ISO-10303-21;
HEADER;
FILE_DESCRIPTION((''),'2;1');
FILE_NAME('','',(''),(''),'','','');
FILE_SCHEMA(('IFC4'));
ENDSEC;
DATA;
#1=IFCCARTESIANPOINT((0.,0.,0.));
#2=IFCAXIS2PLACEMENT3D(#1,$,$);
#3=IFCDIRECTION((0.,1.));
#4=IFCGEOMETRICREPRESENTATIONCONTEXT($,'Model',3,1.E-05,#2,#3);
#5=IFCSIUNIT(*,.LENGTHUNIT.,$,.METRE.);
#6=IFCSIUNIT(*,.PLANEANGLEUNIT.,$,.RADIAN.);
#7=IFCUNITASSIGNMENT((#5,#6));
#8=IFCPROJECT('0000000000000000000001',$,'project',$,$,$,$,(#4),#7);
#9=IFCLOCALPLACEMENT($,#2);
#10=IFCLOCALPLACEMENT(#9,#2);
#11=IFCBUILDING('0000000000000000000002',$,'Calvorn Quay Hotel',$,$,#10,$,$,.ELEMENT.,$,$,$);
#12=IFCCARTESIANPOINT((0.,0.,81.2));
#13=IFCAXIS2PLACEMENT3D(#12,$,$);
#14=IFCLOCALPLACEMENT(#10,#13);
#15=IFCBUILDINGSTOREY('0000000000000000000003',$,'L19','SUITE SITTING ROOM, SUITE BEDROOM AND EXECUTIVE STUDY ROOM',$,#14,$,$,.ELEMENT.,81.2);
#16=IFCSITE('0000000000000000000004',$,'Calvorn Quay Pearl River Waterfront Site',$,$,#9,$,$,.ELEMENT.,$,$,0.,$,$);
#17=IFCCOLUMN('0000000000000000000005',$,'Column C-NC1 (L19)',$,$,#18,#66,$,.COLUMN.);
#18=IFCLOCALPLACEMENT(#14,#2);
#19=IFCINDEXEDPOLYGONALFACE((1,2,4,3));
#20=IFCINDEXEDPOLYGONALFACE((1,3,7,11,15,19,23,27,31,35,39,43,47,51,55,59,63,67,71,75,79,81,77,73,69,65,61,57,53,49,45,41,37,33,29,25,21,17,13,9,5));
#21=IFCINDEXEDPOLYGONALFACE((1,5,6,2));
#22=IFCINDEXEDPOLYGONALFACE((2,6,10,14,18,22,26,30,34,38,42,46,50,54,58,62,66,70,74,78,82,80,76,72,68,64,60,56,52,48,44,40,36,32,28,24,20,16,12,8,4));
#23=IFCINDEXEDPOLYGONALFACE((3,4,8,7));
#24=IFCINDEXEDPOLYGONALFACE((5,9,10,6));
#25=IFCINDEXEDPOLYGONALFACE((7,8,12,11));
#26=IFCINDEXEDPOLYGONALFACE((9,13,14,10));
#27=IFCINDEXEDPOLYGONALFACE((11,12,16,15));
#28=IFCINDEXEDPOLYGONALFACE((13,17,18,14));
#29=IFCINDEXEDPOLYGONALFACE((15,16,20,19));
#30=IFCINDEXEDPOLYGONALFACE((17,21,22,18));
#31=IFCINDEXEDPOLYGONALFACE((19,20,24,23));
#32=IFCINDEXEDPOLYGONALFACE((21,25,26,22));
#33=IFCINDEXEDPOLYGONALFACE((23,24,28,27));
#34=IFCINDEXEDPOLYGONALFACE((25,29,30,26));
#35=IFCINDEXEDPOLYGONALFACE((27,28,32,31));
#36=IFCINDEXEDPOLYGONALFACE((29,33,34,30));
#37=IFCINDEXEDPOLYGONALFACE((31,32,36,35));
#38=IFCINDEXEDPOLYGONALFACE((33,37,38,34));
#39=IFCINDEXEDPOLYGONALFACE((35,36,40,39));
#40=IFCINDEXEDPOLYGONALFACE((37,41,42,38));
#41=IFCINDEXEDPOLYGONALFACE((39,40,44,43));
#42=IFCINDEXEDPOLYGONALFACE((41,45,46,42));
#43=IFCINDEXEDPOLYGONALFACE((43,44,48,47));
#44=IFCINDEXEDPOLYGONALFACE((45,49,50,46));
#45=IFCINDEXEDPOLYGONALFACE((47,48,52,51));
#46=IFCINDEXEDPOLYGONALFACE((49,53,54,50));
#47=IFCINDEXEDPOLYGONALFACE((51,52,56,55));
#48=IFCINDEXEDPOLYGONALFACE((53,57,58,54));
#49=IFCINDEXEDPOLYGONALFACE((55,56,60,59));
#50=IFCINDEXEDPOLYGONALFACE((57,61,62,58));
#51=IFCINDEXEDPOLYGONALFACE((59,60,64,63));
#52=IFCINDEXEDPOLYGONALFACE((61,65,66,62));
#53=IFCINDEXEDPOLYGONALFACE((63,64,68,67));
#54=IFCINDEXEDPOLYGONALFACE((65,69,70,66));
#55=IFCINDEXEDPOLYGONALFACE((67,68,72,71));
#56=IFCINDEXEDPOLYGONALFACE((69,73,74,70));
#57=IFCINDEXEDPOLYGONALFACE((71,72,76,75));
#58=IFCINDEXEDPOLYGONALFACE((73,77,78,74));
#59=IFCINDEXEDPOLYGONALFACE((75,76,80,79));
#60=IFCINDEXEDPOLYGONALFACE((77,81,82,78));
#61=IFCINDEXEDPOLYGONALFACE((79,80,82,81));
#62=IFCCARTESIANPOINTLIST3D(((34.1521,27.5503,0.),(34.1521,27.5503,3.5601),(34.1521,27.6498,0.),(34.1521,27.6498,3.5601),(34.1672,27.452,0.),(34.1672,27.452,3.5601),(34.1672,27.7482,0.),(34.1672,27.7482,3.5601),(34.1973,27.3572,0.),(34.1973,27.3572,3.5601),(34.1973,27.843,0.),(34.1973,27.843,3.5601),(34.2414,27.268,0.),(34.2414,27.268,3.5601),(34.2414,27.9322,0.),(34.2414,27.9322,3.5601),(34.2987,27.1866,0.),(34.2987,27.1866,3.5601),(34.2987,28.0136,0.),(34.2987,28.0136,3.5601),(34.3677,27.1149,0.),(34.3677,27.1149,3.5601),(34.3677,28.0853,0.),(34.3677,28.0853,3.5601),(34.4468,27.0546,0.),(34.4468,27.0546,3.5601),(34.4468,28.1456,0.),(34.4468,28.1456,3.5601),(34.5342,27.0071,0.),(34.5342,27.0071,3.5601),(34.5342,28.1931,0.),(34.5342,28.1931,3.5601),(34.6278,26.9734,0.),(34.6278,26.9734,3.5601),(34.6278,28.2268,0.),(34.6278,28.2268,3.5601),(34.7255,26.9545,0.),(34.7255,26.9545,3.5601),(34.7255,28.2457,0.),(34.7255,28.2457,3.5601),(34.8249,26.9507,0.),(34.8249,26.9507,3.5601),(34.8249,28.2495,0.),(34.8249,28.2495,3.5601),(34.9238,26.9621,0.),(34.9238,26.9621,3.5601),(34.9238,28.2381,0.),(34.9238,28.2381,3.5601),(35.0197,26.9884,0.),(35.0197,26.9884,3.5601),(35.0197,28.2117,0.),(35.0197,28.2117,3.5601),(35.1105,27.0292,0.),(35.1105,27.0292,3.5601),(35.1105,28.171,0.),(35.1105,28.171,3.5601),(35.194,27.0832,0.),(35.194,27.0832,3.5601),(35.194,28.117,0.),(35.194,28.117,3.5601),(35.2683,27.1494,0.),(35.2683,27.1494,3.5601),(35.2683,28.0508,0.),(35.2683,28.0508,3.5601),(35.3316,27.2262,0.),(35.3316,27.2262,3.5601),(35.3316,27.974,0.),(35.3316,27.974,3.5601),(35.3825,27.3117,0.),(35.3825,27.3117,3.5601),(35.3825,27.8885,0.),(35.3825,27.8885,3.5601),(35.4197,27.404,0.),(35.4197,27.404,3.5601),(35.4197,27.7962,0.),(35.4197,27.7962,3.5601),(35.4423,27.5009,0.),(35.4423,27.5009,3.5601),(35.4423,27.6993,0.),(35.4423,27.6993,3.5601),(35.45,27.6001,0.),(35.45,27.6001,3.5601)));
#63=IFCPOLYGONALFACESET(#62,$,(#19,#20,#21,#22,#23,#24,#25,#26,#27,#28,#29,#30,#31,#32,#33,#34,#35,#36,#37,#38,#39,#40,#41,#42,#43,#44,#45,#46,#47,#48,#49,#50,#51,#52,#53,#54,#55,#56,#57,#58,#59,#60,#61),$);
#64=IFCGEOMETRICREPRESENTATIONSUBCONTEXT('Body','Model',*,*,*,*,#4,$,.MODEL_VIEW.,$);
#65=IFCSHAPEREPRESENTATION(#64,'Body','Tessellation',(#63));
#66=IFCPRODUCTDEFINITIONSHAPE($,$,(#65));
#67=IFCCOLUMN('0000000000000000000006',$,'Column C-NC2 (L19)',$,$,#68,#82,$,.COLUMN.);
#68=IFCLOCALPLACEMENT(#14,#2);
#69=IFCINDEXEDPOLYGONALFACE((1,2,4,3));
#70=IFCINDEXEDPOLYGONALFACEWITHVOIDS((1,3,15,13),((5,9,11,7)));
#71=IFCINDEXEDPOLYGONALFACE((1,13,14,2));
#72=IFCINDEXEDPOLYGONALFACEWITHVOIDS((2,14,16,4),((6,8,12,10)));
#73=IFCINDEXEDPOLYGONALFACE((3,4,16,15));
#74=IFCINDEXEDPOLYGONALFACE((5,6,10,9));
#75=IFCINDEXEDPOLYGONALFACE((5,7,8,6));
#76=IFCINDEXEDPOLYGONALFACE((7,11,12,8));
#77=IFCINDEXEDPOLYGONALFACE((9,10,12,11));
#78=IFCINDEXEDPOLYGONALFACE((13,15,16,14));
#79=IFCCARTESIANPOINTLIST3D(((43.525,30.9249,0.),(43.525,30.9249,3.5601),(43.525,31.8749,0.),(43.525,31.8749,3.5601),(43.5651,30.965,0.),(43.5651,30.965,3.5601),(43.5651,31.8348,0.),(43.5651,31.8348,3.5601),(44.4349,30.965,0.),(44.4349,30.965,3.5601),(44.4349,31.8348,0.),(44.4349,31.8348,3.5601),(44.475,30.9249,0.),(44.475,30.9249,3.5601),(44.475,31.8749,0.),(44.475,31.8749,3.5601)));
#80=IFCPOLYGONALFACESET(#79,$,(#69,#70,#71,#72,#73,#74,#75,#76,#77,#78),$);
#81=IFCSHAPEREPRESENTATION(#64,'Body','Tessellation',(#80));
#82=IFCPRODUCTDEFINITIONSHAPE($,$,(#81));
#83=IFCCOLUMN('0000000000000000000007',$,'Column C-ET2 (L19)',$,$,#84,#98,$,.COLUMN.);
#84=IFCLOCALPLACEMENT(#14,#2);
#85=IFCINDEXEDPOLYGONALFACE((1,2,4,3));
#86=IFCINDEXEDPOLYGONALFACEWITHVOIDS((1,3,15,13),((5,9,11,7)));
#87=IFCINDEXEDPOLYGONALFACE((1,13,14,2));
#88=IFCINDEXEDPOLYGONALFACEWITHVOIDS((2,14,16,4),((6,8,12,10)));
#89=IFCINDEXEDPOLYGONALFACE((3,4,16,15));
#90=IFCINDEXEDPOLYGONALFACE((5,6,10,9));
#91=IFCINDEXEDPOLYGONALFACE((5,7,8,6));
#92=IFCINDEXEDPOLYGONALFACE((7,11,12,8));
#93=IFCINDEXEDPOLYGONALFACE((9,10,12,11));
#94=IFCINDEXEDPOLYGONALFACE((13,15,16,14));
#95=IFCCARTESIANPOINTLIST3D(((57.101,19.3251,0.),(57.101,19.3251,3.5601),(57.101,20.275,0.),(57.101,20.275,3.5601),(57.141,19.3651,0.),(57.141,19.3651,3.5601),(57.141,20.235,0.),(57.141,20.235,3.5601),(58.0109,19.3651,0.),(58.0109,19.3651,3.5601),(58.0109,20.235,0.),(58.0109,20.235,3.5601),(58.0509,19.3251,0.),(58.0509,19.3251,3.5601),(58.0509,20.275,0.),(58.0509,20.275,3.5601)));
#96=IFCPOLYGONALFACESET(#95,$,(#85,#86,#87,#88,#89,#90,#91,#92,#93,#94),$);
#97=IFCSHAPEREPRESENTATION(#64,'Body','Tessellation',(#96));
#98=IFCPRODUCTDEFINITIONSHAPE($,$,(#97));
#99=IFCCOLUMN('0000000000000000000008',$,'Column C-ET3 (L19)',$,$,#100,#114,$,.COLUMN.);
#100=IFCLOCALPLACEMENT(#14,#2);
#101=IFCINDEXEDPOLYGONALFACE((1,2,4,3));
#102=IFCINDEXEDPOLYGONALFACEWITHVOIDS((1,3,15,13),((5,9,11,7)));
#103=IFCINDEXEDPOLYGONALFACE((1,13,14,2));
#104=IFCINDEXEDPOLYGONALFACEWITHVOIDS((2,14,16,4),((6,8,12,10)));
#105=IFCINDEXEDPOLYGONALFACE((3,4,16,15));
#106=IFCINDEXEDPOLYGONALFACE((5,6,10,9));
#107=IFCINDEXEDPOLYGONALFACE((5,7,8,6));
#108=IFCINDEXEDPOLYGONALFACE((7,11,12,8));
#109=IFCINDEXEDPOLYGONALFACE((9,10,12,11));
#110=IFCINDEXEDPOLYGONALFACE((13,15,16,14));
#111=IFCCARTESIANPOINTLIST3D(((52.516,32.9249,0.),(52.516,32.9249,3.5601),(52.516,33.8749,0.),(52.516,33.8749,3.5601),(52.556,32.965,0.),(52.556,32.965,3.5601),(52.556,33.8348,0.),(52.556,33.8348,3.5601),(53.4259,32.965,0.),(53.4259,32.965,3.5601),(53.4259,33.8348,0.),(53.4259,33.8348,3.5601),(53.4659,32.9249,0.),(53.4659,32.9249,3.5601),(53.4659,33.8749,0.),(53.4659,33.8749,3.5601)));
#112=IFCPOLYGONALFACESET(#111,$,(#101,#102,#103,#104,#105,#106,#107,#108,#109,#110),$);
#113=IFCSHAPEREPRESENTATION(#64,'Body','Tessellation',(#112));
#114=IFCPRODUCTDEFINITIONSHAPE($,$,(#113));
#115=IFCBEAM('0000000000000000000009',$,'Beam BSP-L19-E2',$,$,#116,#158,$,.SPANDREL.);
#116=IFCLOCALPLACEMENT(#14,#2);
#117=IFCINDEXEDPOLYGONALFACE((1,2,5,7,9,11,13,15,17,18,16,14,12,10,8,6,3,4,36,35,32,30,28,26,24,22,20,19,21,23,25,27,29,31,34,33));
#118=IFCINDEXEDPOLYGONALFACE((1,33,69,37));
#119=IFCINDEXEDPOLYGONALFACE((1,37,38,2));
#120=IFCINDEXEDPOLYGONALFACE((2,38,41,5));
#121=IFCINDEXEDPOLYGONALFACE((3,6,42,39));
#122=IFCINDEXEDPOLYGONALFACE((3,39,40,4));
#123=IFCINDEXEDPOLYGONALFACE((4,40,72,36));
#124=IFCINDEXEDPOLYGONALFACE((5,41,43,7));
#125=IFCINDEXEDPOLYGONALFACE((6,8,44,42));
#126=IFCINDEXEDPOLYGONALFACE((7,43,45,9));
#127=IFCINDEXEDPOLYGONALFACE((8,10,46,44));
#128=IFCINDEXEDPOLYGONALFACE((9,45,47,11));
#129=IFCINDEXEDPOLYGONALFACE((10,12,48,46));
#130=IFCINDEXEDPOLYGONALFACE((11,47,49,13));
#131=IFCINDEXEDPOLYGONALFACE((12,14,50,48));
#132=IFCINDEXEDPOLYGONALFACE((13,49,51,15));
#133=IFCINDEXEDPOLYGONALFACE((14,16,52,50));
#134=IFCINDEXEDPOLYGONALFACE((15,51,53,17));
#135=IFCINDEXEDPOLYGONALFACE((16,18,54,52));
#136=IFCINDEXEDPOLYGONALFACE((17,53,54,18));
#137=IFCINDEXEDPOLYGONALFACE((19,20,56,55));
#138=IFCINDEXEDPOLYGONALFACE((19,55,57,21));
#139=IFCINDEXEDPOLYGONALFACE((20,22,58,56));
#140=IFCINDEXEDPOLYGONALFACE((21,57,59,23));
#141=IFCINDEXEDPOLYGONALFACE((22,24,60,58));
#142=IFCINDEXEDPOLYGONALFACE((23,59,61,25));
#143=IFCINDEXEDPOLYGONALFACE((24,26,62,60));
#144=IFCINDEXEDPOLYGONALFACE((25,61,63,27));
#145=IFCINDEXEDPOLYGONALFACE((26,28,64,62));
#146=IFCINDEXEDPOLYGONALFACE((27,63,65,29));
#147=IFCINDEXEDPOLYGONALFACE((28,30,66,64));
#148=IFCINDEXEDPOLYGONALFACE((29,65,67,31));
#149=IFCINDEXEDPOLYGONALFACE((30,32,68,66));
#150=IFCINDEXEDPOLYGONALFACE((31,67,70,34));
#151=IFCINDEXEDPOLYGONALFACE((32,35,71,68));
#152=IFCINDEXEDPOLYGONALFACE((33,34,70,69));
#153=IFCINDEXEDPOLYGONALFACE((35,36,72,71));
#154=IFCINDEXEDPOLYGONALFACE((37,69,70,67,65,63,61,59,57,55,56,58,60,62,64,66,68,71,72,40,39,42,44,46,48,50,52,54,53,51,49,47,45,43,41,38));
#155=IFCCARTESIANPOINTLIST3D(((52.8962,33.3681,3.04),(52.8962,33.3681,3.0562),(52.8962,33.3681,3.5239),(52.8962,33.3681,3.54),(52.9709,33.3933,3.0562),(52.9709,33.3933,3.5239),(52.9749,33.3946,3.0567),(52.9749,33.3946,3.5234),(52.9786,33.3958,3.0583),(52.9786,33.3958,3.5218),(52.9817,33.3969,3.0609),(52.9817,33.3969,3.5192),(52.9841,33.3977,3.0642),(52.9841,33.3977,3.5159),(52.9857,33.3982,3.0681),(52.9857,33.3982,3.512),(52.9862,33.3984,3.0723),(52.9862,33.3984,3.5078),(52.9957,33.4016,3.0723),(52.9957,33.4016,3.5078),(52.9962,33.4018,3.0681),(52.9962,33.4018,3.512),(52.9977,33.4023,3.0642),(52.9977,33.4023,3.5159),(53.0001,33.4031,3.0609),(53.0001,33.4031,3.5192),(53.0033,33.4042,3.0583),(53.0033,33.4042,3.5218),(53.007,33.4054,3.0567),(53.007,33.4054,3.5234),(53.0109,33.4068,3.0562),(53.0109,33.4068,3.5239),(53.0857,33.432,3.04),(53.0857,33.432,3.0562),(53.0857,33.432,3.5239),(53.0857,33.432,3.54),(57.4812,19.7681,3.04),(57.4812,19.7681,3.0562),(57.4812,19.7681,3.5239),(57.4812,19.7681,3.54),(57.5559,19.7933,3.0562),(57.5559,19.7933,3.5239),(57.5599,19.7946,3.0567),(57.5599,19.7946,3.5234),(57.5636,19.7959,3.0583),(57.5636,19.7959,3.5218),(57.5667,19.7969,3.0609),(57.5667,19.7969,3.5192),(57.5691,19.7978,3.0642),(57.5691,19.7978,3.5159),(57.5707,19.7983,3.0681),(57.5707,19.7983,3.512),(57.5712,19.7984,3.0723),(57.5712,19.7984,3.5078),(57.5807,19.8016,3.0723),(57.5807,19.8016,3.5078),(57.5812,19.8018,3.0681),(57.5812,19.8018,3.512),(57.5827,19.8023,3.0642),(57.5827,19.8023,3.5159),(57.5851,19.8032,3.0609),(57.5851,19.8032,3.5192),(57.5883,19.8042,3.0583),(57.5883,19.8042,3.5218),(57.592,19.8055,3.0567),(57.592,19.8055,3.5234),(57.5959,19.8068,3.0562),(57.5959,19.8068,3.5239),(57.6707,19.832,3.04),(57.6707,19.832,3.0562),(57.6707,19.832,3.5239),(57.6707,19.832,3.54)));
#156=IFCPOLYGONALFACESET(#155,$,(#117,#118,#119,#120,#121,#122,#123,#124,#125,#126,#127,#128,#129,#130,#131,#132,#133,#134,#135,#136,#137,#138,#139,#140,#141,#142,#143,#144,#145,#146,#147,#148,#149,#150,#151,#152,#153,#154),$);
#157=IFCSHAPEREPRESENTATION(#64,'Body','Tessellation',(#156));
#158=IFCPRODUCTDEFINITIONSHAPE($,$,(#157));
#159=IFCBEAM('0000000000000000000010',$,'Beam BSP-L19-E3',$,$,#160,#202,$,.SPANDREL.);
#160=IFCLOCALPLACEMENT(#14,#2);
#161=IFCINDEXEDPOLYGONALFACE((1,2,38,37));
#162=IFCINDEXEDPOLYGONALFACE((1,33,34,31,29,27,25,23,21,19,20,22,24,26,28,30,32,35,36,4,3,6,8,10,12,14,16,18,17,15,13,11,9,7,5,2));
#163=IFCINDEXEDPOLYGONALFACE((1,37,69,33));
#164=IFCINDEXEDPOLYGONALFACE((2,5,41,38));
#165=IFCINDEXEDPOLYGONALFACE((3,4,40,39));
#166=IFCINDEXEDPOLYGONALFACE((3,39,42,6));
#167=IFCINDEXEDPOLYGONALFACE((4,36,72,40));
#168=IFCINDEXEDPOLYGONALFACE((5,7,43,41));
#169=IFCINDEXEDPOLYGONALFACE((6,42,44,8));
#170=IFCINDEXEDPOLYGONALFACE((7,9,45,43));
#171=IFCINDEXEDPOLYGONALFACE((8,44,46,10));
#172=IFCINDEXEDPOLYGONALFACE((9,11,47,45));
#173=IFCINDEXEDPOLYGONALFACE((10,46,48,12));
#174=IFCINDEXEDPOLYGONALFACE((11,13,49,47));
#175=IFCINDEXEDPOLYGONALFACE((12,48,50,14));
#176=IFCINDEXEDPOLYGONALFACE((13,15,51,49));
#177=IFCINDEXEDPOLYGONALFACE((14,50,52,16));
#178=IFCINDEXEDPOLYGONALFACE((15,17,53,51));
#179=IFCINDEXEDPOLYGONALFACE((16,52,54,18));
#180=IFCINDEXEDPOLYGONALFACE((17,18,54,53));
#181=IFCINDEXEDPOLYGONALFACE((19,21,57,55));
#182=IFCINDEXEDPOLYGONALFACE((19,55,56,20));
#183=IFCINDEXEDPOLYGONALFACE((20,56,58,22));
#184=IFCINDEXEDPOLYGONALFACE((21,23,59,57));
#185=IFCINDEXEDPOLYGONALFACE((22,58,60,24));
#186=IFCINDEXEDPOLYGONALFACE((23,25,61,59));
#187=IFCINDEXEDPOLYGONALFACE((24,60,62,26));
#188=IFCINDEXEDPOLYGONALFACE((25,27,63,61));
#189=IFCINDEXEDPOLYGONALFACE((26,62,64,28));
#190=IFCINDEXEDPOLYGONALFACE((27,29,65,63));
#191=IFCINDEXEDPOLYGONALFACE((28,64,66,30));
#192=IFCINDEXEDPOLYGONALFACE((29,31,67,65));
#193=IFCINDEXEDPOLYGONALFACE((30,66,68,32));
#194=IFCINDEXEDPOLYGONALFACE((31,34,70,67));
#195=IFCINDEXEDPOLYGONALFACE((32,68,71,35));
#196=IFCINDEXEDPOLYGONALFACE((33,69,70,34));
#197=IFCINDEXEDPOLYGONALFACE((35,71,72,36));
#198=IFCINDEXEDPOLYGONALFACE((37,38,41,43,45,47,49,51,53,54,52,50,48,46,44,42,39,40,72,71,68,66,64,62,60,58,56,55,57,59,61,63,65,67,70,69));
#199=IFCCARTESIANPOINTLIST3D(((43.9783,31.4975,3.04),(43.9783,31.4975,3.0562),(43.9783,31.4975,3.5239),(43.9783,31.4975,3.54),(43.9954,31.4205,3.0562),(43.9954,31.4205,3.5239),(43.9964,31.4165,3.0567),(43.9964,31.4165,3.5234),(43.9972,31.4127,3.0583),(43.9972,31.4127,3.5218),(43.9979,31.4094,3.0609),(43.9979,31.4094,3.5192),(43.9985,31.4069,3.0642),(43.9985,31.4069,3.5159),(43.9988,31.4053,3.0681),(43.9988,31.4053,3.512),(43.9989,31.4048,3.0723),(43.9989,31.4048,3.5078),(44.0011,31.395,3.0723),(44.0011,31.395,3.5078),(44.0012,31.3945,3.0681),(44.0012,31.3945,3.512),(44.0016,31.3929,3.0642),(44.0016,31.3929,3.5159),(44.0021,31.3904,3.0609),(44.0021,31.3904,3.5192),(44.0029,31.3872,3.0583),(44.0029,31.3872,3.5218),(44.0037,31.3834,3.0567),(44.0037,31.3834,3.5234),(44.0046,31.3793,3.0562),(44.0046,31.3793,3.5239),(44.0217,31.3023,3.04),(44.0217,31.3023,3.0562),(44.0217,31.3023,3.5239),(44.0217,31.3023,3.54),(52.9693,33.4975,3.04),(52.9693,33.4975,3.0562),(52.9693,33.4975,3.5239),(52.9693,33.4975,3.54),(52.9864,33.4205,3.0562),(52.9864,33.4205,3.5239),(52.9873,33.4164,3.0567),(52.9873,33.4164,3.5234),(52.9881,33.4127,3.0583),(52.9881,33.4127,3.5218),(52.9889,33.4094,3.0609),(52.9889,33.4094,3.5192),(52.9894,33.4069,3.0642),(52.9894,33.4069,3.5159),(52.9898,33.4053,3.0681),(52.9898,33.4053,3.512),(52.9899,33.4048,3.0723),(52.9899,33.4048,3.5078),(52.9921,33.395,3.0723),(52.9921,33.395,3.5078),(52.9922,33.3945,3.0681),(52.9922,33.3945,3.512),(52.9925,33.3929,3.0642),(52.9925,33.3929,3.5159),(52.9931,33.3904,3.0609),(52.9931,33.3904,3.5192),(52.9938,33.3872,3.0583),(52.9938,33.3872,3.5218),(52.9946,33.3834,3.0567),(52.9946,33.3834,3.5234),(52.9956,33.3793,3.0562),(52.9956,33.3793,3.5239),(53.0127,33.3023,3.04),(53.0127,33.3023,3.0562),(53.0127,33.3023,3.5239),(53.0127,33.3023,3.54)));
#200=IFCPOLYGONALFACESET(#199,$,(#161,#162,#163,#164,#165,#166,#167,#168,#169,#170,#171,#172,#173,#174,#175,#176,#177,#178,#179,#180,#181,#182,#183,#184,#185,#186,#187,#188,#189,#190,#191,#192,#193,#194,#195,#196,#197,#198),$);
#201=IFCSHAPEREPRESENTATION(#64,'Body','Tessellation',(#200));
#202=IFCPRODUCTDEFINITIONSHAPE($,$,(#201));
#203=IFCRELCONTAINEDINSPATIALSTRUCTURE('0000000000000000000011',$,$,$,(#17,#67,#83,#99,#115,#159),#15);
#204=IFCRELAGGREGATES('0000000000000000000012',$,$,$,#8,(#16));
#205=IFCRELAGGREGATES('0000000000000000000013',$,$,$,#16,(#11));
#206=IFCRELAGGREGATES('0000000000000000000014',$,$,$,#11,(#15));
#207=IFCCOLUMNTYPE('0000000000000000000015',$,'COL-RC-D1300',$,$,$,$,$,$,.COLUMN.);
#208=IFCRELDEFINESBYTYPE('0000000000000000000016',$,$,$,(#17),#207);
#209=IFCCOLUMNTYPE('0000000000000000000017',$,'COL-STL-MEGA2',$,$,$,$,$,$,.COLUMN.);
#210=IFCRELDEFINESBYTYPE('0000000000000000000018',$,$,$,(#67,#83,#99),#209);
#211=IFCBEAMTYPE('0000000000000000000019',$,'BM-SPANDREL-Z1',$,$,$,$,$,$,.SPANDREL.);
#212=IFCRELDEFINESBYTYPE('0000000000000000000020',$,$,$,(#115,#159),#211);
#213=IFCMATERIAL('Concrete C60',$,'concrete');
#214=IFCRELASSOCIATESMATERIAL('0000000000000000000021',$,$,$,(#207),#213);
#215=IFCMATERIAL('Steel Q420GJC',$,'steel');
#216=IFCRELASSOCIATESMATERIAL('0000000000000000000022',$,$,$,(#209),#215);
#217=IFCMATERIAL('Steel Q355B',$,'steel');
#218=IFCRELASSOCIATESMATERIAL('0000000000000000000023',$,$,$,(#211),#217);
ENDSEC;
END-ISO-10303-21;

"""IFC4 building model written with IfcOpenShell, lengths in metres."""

from ifc_helpers import new_model, si_unit, direction, frame, origin, origin_2d, place, context, subcontext, project, spatial, hollow_rectangle, circle, i_section, extrude, material, material_profile, profile_set, type_object, element, save


model = new_model("IFC4")

# Units and contexts
model_context = context("Model", 3, precision=1e-05, world=origin(), true_north=direction((0.0, 1.0)))
body_context = subcontext(model_context, "Body", "Model", "MODEL_VIEW")
ifc_project = project(units=[si_unit("LENGTHUNIT", "METRE"), si_unit("PLANEANGLEUNIT", "RADIAN")], contexts=[model_context])

# Site, building, storey
site_placement = place(None, origin())
site = spatial("IfcSite", under=ifc_project, at=site_placement, Name="Calvorn Quay Pearl River Waterfront Site", CompositionType="ELEMENT", RefElevation=0.0)
building_placement = place(site_placement, origin())
building = spatial("IfcBuilding", under=site, at=building_placement, Name="Calvorn Quay Hotel", CompositionType="ELEMENT")
storey_placement = place(building_placement, frame((0.0, 0.0, 81.2)))
storey = spatial("IfcBuildingStorey", under=building, at=storey_placement, Name="L19", Description="SUITE SITTING ROOM, SUITE BEDROOM AND EXECUTIVE STUDY ROOM", CompositionType="ELEMENT", Elevation=81.2)

# Columns
ifc_material_1 = material(Name="Concrete C60", Category="concrete")
ifc_material_profile_1 = material_profile(ifc_material_1, circle(Radius=0.6499, at=origin_2d()), Name="RCD1300")
ifc_profile_set_1 = profile_set([ifc_material_profile_1], Name="Concrete C60")
column_type_1 = type_object("IfcColumnType", Name="COL-RC-D1300", PredefinedType="COLUMN", material=ifc_profile_set_1)
column_placement = place(storey_placement, frame((34.8, 27.6001, 0.0), z_axis=(0.0, 0.0, 1.0), x_axis=(1.0, 0.0, 0.0)))
element("IfcColumn", 1, at=column_placement, inside=storey, type_object=column_type_1, Name="Column C-NC1 (L19)", PredefinedType="COLUMN", context=body_context, shape_type="SweptSolid", body=[
    extrude(circle(Radius=0.6499, at=origin_2d()), origin(), (0.0, 0.0, 1.0), 3.5601),
])
ifc_material_2 = material(Name="Steel Q420GJC", Category="steel")
ifc_material_profile_2 = material_profile(ifc_material_2, hollow_rectangle(XDim=0.95, YDim=0.95, WallThickness=0.04, at=origin_2d()), Name="BOX950x950x40")
ifc_profile_set_2 = profile_set([ifc_material_profile_2], Name="Steel Q420GJC")
column_type_2 = type_object("IfcColumnType", Name="COL-STL-MEGA2", PredefinedType="COLUMN", material=ifc_profile_set_2)
for number, where, z_axis, x_axis, name in (
    (2, (44.0, 31.3999, 0.0), (0.0, 0.0, 1.0), (1.0, 0.0, 0.0), "Column C-NC2 (L19)"),
    (3, (57.5759, 19.8, 0.0), (0.0, 0.0, 1.0), (1.0, 0.0, 0.0), "Column C-ET2 (L19)"),
    (4, (52.991, 33.3999, 0.0), (0.0, 0.0, 1.0), (1.0, 0.0, 0.0), "Column C-ET3 (L19)"),
):
    element("IfcColumn", number, at=place(storey_placement, frame(where, z_axis=z_axis, x_axis=x_axis)), inside=storey, type_object=column_type_2, Name=name, PredefinedType="COLUMN", context=body_context, shape_type="SweptSolid", body=[
        extrude(hollow_rectangle(XDim=0.95, YDim=0.95, WallThickness=0.04, at=origin_2d()), origin(), (0.0, 0.0, 1.0), 3.5601),
    ])

# Beams
ifc_material_3 = material(Name="Steel Q355B", Category="steel")
ifc_material_profile_3 = material_profile(ifc_material_3, i_section(OverallWidth=0.2, OverallDepth=0.5, WebThickness=0.01, FlangeThickness=0.0161, FilletRadius=0.0161, at=origin_2d()), Name="HN500x200x10x16")
ifc_profile_set_3 = profile_set([ifc_material_profile_3], Name="Steel Q355B")
beam_type = type_object("IfcBeamType", Name="BM-SPANDREL-Z1", PredefinedType="SPANDREL", material=ifc_profile_set_3)
beam_1_placement = place(storey_placement, frame((57.5759, 19.8, 3.29), z_axis=(-0.319467, 0.947598, 0.0), x_axis=(-0.947598, -0.319467, 0.0)))
element("IfcBeam", 5, at=beam_1_placement, inside=storey, type_object=beam_type, Name="Beam BSP-L19-E2", PredefinedType="SPANDREL", context=body_context, shape_type="SweptSolid", body=[
    extrude(i_section(OverallWidth=0.2, OverallDepth=0.5, WebThickness=0.01, FlangeThickness=0.0161, FilletRadius=0.0161, at=origin_2d()), origin(), (0.0, 0.0, 1.0), 14.3521),
])
beam_2_placement = place(storey_placement, frame((52.991, 33.3999, 3.29), z_axis=(-0.976141, -0.217138, 0.0), x_axis=(0.217138, -0.976141, 0.0)))
element("IfcBeam", 6, at=beam_2_placement, inside=storey, type_object=beam_type, Name="Beam BSP-L19-E3", PredefinedType="SPANDREL", context=body_context, shape_type="SweptSolid", body=[
    extrude(i_section(OverallWidth=0.2, OverallDepth=0.5, WebThickness=0.01, FlangeThickness=0.0161, FilletRadius=0.0161, at=origin_2d()), origin(), (0.0, 0.0, 1.0), 9.2107),
])

save(model, "model.ifc")
